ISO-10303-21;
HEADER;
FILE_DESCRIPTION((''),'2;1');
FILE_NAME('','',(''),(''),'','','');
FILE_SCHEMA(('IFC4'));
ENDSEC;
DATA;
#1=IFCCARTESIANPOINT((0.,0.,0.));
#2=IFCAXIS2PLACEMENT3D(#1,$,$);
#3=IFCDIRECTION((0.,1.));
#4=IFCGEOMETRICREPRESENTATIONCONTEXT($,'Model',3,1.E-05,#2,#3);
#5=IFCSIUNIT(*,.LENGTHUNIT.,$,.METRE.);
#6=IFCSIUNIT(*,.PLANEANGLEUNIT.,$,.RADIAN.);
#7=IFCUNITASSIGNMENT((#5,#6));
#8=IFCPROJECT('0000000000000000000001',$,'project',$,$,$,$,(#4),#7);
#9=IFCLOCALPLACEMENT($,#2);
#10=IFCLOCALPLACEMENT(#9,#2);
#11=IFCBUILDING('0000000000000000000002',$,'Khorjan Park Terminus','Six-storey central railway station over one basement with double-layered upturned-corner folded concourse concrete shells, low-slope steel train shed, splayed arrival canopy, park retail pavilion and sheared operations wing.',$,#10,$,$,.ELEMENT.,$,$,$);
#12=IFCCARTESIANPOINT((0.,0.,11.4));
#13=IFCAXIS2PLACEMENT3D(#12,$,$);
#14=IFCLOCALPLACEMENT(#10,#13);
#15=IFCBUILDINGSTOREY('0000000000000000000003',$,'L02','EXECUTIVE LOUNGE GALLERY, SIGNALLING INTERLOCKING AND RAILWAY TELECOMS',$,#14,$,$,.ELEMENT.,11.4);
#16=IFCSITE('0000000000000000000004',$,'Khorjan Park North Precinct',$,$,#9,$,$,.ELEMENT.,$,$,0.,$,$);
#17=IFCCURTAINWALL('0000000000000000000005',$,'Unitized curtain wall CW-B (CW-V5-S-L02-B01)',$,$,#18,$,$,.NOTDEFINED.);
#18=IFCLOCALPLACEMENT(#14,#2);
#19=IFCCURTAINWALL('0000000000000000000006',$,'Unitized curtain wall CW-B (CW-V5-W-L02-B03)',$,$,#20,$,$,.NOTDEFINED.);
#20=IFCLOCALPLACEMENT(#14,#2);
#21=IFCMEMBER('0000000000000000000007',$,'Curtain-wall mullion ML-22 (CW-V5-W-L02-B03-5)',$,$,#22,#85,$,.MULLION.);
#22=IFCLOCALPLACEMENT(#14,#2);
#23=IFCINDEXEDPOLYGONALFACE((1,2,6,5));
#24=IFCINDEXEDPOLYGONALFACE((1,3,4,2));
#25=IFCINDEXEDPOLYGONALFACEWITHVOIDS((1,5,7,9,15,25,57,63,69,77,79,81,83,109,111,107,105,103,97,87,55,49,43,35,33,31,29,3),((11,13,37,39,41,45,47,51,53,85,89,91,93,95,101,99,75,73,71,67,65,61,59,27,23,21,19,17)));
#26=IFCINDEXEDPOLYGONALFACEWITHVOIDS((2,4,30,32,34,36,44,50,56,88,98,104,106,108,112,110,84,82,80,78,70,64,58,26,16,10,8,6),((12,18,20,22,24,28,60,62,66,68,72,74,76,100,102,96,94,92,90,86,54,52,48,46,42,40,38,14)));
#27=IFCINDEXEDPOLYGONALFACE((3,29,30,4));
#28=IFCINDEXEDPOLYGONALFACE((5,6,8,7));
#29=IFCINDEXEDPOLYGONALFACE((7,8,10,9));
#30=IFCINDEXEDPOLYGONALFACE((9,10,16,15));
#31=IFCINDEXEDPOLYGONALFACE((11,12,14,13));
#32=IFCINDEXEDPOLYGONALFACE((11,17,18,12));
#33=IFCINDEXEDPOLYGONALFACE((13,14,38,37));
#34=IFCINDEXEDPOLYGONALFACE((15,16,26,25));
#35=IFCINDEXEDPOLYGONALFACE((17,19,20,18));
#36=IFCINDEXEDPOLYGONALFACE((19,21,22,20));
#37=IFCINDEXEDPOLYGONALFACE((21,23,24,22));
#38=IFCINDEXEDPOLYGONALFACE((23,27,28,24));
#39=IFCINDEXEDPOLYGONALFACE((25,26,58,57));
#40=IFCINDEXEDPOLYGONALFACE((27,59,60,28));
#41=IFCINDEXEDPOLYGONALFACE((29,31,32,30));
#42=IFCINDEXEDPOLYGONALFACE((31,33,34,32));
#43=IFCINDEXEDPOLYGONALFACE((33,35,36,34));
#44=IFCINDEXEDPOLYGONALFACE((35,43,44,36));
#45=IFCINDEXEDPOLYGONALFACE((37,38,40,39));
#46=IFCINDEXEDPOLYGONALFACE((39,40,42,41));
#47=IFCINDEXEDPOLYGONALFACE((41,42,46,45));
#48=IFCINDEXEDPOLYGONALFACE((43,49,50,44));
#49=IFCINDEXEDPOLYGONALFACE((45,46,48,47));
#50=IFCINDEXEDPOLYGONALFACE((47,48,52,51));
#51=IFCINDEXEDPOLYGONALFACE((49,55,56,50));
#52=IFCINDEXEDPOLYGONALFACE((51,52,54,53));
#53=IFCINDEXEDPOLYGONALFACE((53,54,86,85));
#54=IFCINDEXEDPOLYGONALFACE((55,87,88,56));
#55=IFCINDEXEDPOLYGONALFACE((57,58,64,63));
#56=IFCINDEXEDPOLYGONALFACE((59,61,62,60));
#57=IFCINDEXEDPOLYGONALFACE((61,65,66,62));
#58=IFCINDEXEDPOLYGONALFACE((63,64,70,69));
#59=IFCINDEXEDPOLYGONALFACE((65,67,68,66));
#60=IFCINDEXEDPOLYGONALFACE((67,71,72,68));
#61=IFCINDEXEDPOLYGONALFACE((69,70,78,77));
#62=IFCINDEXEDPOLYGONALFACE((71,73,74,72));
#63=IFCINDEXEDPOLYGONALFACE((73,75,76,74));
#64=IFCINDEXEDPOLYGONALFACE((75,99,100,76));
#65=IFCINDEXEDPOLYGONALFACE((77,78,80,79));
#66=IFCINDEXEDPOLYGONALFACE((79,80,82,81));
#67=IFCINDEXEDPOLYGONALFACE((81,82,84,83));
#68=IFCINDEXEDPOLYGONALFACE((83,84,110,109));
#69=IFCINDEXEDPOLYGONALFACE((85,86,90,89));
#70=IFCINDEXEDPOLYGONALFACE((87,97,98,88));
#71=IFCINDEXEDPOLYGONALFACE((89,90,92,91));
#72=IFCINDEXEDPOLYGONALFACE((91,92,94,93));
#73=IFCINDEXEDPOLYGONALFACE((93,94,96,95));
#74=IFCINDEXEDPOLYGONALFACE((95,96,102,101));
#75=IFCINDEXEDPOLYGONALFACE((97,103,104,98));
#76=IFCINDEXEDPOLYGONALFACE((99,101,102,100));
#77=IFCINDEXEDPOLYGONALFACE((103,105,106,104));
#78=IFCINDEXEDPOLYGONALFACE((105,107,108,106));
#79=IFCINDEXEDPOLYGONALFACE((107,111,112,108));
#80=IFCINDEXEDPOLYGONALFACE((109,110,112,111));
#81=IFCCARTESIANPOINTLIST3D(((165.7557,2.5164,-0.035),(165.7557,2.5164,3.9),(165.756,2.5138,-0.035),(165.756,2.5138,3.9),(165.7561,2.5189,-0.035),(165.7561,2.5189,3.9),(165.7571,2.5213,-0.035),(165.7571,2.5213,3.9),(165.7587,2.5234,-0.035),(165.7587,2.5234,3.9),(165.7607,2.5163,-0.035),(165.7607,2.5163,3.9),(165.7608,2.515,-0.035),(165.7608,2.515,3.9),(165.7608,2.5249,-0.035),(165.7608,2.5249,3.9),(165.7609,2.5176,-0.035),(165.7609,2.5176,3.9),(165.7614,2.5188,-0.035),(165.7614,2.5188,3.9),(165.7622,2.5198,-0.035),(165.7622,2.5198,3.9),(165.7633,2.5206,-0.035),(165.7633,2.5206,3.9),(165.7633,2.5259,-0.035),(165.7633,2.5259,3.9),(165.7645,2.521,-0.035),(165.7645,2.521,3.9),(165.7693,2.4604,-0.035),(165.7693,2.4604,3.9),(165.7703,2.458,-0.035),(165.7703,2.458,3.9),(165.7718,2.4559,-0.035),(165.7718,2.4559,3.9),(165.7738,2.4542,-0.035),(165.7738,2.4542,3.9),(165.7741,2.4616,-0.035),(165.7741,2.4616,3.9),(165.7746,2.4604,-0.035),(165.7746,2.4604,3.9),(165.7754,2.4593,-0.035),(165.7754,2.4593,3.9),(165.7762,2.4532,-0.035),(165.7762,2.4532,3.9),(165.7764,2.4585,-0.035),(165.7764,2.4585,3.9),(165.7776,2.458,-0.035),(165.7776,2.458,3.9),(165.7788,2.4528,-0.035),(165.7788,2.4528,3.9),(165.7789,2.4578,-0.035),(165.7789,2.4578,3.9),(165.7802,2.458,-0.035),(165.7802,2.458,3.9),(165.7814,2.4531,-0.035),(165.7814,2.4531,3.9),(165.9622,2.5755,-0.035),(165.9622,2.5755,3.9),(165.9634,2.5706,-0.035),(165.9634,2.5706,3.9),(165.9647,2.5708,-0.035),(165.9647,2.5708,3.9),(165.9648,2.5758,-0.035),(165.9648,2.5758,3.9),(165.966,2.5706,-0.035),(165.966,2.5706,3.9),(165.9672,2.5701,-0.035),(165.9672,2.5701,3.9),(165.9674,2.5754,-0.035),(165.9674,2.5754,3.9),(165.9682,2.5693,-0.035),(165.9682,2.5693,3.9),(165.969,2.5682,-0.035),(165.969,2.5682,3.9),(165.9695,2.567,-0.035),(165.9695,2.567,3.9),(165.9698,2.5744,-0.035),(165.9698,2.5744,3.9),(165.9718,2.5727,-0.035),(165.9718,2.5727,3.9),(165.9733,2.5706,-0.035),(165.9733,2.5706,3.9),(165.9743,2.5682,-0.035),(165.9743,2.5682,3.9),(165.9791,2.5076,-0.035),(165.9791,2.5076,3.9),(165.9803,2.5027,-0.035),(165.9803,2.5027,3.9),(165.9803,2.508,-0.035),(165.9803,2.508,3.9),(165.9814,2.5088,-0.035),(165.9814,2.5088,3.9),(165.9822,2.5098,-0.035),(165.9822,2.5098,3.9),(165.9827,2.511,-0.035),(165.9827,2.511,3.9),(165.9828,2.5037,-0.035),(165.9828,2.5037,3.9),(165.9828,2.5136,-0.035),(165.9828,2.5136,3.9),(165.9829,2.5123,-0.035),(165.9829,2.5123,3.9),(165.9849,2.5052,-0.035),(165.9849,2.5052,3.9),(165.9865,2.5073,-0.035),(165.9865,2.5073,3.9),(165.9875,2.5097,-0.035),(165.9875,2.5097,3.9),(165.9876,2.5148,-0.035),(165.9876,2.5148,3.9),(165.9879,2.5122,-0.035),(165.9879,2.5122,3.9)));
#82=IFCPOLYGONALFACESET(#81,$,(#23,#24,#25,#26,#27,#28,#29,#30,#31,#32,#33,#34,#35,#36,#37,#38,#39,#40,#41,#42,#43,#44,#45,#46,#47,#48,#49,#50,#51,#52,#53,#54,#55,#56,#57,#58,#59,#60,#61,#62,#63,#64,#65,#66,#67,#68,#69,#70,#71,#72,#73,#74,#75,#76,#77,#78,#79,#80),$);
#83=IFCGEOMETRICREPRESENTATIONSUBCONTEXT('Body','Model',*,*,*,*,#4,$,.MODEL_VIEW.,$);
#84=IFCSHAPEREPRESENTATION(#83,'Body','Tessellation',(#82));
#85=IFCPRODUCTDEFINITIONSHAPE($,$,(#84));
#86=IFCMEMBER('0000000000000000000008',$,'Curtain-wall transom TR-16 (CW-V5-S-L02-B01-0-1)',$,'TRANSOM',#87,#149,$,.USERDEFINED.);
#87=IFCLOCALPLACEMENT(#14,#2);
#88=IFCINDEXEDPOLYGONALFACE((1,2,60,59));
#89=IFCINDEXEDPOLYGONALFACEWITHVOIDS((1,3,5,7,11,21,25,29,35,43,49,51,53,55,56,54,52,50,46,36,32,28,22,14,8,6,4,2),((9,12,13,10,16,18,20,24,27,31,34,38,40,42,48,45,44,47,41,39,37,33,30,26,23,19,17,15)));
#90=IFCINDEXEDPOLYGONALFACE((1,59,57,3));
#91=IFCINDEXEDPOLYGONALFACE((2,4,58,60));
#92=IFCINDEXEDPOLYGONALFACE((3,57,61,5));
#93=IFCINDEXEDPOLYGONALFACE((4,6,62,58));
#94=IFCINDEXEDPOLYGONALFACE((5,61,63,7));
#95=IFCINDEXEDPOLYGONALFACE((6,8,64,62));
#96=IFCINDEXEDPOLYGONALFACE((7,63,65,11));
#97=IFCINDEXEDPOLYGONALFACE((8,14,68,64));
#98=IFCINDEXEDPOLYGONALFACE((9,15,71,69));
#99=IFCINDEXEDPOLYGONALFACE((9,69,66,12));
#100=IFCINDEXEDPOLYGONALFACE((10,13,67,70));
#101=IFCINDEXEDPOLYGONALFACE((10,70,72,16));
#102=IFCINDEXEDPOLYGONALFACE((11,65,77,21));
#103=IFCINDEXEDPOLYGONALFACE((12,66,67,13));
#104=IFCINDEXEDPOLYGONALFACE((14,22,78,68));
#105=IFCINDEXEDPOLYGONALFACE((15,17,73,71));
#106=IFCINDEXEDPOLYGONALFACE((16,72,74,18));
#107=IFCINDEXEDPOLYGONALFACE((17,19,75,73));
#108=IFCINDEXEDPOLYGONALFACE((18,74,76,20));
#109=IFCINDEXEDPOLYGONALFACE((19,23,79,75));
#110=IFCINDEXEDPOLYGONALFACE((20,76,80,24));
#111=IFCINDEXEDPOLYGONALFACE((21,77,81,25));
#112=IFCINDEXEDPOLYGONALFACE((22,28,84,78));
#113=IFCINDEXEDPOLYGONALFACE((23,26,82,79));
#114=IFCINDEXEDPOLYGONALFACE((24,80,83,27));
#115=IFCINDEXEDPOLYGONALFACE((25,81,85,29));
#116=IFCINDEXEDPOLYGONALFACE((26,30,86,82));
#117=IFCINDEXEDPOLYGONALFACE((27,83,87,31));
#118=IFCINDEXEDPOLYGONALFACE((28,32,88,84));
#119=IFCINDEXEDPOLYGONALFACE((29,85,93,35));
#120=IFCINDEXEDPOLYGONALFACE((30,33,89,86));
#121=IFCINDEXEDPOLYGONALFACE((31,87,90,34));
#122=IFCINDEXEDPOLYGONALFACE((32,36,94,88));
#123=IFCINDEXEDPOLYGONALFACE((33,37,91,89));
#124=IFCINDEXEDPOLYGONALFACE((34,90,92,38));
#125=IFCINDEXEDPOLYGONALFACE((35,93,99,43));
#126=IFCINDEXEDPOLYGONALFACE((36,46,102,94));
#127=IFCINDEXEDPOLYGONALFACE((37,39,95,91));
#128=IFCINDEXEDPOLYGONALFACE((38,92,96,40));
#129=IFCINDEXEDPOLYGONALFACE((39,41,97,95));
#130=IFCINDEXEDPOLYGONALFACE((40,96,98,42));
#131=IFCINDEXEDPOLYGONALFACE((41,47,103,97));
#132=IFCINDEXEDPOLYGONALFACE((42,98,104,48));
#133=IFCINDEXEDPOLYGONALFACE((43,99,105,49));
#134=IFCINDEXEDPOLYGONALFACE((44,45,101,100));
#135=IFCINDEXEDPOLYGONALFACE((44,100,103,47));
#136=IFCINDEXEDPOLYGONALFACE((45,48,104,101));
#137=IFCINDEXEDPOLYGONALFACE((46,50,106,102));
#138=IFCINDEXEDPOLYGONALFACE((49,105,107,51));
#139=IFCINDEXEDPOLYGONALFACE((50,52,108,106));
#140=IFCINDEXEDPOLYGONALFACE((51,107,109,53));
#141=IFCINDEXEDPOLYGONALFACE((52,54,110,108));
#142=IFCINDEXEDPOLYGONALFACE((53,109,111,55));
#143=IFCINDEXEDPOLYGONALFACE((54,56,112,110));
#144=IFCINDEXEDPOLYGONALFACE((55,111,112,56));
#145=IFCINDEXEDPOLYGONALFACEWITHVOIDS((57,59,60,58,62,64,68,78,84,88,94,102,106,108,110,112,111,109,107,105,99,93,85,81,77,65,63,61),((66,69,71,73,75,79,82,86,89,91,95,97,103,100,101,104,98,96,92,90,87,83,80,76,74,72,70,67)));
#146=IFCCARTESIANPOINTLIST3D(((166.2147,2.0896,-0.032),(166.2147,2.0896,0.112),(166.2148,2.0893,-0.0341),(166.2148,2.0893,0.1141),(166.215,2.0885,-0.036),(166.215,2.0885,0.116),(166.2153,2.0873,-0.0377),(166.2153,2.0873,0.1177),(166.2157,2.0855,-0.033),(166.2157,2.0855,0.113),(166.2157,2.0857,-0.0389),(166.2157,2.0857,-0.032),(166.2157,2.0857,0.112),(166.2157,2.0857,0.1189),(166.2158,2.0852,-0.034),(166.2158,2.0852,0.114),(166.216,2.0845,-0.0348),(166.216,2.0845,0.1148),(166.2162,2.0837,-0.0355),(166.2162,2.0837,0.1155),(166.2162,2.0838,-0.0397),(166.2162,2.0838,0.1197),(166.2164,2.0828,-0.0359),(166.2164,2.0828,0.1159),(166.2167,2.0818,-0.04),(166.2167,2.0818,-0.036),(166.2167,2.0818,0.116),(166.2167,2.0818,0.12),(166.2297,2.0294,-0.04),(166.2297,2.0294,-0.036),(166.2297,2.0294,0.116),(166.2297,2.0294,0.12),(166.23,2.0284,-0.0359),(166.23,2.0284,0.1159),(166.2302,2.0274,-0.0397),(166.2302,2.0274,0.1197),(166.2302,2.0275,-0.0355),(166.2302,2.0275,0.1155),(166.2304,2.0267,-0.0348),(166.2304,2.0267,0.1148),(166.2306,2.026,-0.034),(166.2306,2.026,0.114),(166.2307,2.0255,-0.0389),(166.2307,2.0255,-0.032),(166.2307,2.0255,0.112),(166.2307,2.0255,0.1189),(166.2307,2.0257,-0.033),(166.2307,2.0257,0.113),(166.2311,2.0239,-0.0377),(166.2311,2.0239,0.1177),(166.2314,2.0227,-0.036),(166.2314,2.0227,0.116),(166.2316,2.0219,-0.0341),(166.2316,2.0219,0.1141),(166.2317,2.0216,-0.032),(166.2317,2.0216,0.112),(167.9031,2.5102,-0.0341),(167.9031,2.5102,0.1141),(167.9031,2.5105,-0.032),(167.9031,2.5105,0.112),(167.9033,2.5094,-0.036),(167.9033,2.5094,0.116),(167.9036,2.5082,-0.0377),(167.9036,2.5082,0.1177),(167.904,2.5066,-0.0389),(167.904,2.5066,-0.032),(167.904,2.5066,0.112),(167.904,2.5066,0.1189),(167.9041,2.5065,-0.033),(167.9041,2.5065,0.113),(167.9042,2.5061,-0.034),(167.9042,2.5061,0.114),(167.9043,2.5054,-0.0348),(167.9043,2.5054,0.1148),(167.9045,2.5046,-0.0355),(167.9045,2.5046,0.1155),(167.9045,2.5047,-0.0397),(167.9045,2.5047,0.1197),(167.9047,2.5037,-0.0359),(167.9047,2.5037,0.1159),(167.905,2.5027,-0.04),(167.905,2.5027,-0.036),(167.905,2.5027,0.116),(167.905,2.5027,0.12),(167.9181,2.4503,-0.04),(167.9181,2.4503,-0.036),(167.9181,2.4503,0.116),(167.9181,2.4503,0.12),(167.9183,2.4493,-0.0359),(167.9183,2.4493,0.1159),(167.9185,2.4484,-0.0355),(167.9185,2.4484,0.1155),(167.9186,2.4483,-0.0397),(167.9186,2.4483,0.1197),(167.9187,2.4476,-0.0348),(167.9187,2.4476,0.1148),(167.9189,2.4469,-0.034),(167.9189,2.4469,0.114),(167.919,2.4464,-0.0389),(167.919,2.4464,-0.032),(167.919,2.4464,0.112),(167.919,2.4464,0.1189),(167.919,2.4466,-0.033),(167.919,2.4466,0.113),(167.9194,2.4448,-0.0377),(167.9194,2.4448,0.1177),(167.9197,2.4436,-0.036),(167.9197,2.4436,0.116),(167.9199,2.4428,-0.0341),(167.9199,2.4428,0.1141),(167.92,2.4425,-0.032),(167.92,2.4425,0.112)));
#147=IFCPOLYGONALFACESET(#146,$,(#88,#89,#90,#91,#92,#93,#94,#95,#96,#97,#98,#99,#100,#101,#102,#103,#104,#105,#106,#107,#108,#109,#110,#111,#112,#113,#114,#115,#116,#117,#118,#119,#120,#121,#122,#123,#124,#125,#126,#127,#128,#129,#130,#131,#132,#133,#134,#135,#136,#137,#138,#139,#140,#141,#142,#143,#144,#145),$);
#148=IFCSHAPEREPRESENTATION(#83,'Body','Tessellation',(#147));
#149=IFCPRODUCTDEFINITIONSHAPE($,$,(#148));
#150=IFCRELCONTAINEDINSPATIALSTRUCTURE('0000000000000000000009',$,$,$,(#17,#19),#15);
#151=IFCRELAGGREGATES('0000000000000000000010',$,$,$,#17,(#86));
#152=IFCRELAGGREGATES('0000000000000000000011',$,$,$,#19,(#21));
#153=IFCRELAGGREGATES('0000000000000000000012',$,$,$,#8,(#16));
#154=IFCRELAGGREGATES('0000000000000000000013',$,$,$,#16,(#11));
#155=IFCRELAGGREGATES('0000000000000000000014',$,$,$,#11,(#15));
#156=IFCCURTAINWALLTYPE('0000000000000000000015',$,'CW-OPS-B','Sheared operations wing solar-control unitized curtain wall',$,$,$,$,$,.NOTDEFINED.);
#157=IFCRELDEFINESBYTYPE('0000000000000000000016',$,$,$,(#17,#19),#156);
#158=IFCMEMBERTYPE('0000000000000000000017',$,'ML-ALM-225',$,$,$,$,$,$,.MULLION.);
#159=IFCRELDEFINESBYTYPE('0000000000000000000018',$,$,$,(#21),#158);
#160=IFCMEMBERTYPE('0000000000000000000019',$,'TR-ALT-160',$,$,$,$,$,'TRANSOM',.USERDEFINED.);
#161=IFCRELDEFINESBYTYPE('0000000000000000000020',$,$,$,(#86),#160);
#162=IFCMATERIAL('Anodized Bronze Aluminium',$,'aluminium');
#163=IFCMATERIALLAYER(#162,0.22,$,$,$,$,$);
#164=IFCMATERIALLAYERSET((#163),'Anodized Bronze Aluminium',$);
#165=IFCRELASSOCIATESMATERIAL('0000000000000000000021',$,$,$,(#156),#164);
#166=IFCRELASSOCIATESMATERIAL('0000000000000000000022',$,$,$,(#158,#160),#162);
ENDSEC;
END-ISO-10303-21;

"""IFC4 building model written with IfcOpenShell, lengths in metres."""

from ifc_helpers import new_model, si_unit, direction, frame, origin, origin_2d, place, context, subcontext, project, spatial, hollow_rectangle, extrude, material, layer, layer_set, material_profile, profile_set, type_object, element, aggregate, save


model = new_model("IFC4")

# Units and contexts
model_context = context("Model", 3, precision=1e-05, world=origin(), true_north=direction((0.0, 1.0)))
body_context = subcontext(model_context, "Body", "Model", "MODEL_VIEW")
ifc_project = project(units=[si_unit("LENGTHUNIT", "METRE"), si_unit("PLANEANGLEUNIT", "RADIAN")], contexts=[model_context])

# Site, building, storey
site_placement = place(None, origin())
site = spatial("IfcSite", under=ifc_project, at=site_placement, Name="Khorjan Park North Precinct", CompositionType="ELEMENT", RefElevation=0.0)
building_placement = place(site_placement, origin())
building = spatial("IfcBuilding", under=site, at=building_placement, Name="Khorjan Park Terminus", Description="Six-storey central railway station over one basement with double-layered upturned-corner folded concourse concrete shells, low-slope steel train shed, splayed arrival canopy, park retail pavilion and sheared operations wing.", CompositionType="ELEMENT")
storey_placement = place(building_placement, frame((0.0, 0.0, 11.4)))
storey = spatial("IfcBuildingStorey", under=building, at=storey_placement, Name="L02", Description="EXECUTIVE LOUNGE GALLERY, SIGNALLING INTERLOCKING AND RAILWAY TELECOMS", CompositionType="ELEMENT", Elevation=11.4)

# Curtain wall
ifc_material_1 = material(Name="Anodized Bronze Aluminium", Category="aluminium")
ifc_layer_1 = layer(ifc_material_1, 0.22)
ifc_layer_set_1 = layer_set([ifc_layer_1], Name="Anodized Bronze Aluminium")
curtain_wall_type = type_object("IfcCurtainWallType", Name="CW-OPS-B", Description="Sheared operations wing solar-control unitized curtain wall", PredefinedType="NOTDEFINED", material=ifc_layer_set_1)
curtain_wall_1_placement = place(storey_placement, origin())
curtain_wall_1 = element("IfcCurtainWall", 1, at=curtain_wall_1_placement, inside=storey, type_object=curtain_wall_type, Name="Unitized curtain wall CW-B (CW-V5-S-L02-B01)", PredefinedType="NOTDEFINED")
ifc_material_profile_1 = material_profile(ifc_material_1, hollow_rectangle(XDim=0.075, YDim=0.225, WallThickness=0.005, InnerFilletRadius=0.005, OuterFilletRadius=0.01, at=origin_2d()), Name="ALM 75x225x5")
ifc_profile_set_1 = profile_set([ifc_material_profile_1], Name="Anodized Bronze Aluminium")
member_type_1 = type_object("IfcMemberType", Name="ML-ALM-225", PredefinedType="MULLION", material=ifc_profile_set_1)

# Curtain wall, member
curtain_wall_2_placement = place(storey_placement, origin())
curtain_wall_2 = element("IfcCurtainWall", 2, at=curtain_wall_2_placement, inside=storey, type_object=curtain_wall_type, Name="Unitized curtain wall CW-B (CW-V5-W-L02-B03)", PredefinedType="NOTDEFINED")
member_1_placement = place(storey_placement, frame((165.8718, 2.5143, -0.035), z_axis=(0.0, 0.0, 1.0), x_axis=(0.24192, -0.970296, 0.0)))
member_1 = element("IfcMember", 3, at=member_1_placement, type_object=member_type_1, Name="Curtain-wall mullion ML-22 (CW-V5-W-L02-B03-5)", PredefinedType="MULLION", context=body_context, shape_type="SweptSolid", body=[
    extrude(hollow_rectangle(XDim=0.075, YDim=0.225, WallThickness=0.005, InnerFilletRadius=0.005, OuterFilletRadius=0.01, at=origin_2d()), origin(), (0.0, 0.0, 1.0), 3.935),
])

# Member
ifc_material_profile_2 = material_profile(ifc_material_1, hollow_rectangle(XDim=0.07, YDim=0.16, WallThickness=0.004, InnerFilletRadius=0.004, OuterFilletRadius=0.008, at=origin_2d()), Name="ALT 70x160x4")
ifc_profile_set_2 = profile_set([ifc_material_profile_2], Name="Anodized Bronze Aluminium")
member_type_2 = type_object("IfcMemberType", Name="TR-ALT-160", ElementType="TRANSOM", PredefinedType="USERDEFINED", material=ifc_profile_set_2)
member_2_placement = place(storey_placement, frame((166.2232, 2.0556, 0.04), z_axis=(0.970301, 0.2419, 0.0), x_axis=(-0.2419, 0.970301, 0.0)))
member_2 = element("IfcMember", 4, at=member_2_placement, type_object=member_type_2, Name="Curtain-wall transom TR-16 (CW-V5-S-L02-B01-0-1)", ObjectType="TRANSOM", PredefinedType="USERDEFINED", context=body_context, shape_type="SweptSolid", body=[
    extrude(hollow_rectangle(XDim=0.07, YDim=0.16, WallThickness=0.004, InnerFilletRadius=0.004, OuterFilletRadius=0.008, at=origin_2d()), origin(), (0.0, 0.0, 1.0), 1.74),
])

aggregate(curtain_wall_1, [member_2])
aggregate(curtain_wall_2, [member_1])

save(model, "model.ifc")
